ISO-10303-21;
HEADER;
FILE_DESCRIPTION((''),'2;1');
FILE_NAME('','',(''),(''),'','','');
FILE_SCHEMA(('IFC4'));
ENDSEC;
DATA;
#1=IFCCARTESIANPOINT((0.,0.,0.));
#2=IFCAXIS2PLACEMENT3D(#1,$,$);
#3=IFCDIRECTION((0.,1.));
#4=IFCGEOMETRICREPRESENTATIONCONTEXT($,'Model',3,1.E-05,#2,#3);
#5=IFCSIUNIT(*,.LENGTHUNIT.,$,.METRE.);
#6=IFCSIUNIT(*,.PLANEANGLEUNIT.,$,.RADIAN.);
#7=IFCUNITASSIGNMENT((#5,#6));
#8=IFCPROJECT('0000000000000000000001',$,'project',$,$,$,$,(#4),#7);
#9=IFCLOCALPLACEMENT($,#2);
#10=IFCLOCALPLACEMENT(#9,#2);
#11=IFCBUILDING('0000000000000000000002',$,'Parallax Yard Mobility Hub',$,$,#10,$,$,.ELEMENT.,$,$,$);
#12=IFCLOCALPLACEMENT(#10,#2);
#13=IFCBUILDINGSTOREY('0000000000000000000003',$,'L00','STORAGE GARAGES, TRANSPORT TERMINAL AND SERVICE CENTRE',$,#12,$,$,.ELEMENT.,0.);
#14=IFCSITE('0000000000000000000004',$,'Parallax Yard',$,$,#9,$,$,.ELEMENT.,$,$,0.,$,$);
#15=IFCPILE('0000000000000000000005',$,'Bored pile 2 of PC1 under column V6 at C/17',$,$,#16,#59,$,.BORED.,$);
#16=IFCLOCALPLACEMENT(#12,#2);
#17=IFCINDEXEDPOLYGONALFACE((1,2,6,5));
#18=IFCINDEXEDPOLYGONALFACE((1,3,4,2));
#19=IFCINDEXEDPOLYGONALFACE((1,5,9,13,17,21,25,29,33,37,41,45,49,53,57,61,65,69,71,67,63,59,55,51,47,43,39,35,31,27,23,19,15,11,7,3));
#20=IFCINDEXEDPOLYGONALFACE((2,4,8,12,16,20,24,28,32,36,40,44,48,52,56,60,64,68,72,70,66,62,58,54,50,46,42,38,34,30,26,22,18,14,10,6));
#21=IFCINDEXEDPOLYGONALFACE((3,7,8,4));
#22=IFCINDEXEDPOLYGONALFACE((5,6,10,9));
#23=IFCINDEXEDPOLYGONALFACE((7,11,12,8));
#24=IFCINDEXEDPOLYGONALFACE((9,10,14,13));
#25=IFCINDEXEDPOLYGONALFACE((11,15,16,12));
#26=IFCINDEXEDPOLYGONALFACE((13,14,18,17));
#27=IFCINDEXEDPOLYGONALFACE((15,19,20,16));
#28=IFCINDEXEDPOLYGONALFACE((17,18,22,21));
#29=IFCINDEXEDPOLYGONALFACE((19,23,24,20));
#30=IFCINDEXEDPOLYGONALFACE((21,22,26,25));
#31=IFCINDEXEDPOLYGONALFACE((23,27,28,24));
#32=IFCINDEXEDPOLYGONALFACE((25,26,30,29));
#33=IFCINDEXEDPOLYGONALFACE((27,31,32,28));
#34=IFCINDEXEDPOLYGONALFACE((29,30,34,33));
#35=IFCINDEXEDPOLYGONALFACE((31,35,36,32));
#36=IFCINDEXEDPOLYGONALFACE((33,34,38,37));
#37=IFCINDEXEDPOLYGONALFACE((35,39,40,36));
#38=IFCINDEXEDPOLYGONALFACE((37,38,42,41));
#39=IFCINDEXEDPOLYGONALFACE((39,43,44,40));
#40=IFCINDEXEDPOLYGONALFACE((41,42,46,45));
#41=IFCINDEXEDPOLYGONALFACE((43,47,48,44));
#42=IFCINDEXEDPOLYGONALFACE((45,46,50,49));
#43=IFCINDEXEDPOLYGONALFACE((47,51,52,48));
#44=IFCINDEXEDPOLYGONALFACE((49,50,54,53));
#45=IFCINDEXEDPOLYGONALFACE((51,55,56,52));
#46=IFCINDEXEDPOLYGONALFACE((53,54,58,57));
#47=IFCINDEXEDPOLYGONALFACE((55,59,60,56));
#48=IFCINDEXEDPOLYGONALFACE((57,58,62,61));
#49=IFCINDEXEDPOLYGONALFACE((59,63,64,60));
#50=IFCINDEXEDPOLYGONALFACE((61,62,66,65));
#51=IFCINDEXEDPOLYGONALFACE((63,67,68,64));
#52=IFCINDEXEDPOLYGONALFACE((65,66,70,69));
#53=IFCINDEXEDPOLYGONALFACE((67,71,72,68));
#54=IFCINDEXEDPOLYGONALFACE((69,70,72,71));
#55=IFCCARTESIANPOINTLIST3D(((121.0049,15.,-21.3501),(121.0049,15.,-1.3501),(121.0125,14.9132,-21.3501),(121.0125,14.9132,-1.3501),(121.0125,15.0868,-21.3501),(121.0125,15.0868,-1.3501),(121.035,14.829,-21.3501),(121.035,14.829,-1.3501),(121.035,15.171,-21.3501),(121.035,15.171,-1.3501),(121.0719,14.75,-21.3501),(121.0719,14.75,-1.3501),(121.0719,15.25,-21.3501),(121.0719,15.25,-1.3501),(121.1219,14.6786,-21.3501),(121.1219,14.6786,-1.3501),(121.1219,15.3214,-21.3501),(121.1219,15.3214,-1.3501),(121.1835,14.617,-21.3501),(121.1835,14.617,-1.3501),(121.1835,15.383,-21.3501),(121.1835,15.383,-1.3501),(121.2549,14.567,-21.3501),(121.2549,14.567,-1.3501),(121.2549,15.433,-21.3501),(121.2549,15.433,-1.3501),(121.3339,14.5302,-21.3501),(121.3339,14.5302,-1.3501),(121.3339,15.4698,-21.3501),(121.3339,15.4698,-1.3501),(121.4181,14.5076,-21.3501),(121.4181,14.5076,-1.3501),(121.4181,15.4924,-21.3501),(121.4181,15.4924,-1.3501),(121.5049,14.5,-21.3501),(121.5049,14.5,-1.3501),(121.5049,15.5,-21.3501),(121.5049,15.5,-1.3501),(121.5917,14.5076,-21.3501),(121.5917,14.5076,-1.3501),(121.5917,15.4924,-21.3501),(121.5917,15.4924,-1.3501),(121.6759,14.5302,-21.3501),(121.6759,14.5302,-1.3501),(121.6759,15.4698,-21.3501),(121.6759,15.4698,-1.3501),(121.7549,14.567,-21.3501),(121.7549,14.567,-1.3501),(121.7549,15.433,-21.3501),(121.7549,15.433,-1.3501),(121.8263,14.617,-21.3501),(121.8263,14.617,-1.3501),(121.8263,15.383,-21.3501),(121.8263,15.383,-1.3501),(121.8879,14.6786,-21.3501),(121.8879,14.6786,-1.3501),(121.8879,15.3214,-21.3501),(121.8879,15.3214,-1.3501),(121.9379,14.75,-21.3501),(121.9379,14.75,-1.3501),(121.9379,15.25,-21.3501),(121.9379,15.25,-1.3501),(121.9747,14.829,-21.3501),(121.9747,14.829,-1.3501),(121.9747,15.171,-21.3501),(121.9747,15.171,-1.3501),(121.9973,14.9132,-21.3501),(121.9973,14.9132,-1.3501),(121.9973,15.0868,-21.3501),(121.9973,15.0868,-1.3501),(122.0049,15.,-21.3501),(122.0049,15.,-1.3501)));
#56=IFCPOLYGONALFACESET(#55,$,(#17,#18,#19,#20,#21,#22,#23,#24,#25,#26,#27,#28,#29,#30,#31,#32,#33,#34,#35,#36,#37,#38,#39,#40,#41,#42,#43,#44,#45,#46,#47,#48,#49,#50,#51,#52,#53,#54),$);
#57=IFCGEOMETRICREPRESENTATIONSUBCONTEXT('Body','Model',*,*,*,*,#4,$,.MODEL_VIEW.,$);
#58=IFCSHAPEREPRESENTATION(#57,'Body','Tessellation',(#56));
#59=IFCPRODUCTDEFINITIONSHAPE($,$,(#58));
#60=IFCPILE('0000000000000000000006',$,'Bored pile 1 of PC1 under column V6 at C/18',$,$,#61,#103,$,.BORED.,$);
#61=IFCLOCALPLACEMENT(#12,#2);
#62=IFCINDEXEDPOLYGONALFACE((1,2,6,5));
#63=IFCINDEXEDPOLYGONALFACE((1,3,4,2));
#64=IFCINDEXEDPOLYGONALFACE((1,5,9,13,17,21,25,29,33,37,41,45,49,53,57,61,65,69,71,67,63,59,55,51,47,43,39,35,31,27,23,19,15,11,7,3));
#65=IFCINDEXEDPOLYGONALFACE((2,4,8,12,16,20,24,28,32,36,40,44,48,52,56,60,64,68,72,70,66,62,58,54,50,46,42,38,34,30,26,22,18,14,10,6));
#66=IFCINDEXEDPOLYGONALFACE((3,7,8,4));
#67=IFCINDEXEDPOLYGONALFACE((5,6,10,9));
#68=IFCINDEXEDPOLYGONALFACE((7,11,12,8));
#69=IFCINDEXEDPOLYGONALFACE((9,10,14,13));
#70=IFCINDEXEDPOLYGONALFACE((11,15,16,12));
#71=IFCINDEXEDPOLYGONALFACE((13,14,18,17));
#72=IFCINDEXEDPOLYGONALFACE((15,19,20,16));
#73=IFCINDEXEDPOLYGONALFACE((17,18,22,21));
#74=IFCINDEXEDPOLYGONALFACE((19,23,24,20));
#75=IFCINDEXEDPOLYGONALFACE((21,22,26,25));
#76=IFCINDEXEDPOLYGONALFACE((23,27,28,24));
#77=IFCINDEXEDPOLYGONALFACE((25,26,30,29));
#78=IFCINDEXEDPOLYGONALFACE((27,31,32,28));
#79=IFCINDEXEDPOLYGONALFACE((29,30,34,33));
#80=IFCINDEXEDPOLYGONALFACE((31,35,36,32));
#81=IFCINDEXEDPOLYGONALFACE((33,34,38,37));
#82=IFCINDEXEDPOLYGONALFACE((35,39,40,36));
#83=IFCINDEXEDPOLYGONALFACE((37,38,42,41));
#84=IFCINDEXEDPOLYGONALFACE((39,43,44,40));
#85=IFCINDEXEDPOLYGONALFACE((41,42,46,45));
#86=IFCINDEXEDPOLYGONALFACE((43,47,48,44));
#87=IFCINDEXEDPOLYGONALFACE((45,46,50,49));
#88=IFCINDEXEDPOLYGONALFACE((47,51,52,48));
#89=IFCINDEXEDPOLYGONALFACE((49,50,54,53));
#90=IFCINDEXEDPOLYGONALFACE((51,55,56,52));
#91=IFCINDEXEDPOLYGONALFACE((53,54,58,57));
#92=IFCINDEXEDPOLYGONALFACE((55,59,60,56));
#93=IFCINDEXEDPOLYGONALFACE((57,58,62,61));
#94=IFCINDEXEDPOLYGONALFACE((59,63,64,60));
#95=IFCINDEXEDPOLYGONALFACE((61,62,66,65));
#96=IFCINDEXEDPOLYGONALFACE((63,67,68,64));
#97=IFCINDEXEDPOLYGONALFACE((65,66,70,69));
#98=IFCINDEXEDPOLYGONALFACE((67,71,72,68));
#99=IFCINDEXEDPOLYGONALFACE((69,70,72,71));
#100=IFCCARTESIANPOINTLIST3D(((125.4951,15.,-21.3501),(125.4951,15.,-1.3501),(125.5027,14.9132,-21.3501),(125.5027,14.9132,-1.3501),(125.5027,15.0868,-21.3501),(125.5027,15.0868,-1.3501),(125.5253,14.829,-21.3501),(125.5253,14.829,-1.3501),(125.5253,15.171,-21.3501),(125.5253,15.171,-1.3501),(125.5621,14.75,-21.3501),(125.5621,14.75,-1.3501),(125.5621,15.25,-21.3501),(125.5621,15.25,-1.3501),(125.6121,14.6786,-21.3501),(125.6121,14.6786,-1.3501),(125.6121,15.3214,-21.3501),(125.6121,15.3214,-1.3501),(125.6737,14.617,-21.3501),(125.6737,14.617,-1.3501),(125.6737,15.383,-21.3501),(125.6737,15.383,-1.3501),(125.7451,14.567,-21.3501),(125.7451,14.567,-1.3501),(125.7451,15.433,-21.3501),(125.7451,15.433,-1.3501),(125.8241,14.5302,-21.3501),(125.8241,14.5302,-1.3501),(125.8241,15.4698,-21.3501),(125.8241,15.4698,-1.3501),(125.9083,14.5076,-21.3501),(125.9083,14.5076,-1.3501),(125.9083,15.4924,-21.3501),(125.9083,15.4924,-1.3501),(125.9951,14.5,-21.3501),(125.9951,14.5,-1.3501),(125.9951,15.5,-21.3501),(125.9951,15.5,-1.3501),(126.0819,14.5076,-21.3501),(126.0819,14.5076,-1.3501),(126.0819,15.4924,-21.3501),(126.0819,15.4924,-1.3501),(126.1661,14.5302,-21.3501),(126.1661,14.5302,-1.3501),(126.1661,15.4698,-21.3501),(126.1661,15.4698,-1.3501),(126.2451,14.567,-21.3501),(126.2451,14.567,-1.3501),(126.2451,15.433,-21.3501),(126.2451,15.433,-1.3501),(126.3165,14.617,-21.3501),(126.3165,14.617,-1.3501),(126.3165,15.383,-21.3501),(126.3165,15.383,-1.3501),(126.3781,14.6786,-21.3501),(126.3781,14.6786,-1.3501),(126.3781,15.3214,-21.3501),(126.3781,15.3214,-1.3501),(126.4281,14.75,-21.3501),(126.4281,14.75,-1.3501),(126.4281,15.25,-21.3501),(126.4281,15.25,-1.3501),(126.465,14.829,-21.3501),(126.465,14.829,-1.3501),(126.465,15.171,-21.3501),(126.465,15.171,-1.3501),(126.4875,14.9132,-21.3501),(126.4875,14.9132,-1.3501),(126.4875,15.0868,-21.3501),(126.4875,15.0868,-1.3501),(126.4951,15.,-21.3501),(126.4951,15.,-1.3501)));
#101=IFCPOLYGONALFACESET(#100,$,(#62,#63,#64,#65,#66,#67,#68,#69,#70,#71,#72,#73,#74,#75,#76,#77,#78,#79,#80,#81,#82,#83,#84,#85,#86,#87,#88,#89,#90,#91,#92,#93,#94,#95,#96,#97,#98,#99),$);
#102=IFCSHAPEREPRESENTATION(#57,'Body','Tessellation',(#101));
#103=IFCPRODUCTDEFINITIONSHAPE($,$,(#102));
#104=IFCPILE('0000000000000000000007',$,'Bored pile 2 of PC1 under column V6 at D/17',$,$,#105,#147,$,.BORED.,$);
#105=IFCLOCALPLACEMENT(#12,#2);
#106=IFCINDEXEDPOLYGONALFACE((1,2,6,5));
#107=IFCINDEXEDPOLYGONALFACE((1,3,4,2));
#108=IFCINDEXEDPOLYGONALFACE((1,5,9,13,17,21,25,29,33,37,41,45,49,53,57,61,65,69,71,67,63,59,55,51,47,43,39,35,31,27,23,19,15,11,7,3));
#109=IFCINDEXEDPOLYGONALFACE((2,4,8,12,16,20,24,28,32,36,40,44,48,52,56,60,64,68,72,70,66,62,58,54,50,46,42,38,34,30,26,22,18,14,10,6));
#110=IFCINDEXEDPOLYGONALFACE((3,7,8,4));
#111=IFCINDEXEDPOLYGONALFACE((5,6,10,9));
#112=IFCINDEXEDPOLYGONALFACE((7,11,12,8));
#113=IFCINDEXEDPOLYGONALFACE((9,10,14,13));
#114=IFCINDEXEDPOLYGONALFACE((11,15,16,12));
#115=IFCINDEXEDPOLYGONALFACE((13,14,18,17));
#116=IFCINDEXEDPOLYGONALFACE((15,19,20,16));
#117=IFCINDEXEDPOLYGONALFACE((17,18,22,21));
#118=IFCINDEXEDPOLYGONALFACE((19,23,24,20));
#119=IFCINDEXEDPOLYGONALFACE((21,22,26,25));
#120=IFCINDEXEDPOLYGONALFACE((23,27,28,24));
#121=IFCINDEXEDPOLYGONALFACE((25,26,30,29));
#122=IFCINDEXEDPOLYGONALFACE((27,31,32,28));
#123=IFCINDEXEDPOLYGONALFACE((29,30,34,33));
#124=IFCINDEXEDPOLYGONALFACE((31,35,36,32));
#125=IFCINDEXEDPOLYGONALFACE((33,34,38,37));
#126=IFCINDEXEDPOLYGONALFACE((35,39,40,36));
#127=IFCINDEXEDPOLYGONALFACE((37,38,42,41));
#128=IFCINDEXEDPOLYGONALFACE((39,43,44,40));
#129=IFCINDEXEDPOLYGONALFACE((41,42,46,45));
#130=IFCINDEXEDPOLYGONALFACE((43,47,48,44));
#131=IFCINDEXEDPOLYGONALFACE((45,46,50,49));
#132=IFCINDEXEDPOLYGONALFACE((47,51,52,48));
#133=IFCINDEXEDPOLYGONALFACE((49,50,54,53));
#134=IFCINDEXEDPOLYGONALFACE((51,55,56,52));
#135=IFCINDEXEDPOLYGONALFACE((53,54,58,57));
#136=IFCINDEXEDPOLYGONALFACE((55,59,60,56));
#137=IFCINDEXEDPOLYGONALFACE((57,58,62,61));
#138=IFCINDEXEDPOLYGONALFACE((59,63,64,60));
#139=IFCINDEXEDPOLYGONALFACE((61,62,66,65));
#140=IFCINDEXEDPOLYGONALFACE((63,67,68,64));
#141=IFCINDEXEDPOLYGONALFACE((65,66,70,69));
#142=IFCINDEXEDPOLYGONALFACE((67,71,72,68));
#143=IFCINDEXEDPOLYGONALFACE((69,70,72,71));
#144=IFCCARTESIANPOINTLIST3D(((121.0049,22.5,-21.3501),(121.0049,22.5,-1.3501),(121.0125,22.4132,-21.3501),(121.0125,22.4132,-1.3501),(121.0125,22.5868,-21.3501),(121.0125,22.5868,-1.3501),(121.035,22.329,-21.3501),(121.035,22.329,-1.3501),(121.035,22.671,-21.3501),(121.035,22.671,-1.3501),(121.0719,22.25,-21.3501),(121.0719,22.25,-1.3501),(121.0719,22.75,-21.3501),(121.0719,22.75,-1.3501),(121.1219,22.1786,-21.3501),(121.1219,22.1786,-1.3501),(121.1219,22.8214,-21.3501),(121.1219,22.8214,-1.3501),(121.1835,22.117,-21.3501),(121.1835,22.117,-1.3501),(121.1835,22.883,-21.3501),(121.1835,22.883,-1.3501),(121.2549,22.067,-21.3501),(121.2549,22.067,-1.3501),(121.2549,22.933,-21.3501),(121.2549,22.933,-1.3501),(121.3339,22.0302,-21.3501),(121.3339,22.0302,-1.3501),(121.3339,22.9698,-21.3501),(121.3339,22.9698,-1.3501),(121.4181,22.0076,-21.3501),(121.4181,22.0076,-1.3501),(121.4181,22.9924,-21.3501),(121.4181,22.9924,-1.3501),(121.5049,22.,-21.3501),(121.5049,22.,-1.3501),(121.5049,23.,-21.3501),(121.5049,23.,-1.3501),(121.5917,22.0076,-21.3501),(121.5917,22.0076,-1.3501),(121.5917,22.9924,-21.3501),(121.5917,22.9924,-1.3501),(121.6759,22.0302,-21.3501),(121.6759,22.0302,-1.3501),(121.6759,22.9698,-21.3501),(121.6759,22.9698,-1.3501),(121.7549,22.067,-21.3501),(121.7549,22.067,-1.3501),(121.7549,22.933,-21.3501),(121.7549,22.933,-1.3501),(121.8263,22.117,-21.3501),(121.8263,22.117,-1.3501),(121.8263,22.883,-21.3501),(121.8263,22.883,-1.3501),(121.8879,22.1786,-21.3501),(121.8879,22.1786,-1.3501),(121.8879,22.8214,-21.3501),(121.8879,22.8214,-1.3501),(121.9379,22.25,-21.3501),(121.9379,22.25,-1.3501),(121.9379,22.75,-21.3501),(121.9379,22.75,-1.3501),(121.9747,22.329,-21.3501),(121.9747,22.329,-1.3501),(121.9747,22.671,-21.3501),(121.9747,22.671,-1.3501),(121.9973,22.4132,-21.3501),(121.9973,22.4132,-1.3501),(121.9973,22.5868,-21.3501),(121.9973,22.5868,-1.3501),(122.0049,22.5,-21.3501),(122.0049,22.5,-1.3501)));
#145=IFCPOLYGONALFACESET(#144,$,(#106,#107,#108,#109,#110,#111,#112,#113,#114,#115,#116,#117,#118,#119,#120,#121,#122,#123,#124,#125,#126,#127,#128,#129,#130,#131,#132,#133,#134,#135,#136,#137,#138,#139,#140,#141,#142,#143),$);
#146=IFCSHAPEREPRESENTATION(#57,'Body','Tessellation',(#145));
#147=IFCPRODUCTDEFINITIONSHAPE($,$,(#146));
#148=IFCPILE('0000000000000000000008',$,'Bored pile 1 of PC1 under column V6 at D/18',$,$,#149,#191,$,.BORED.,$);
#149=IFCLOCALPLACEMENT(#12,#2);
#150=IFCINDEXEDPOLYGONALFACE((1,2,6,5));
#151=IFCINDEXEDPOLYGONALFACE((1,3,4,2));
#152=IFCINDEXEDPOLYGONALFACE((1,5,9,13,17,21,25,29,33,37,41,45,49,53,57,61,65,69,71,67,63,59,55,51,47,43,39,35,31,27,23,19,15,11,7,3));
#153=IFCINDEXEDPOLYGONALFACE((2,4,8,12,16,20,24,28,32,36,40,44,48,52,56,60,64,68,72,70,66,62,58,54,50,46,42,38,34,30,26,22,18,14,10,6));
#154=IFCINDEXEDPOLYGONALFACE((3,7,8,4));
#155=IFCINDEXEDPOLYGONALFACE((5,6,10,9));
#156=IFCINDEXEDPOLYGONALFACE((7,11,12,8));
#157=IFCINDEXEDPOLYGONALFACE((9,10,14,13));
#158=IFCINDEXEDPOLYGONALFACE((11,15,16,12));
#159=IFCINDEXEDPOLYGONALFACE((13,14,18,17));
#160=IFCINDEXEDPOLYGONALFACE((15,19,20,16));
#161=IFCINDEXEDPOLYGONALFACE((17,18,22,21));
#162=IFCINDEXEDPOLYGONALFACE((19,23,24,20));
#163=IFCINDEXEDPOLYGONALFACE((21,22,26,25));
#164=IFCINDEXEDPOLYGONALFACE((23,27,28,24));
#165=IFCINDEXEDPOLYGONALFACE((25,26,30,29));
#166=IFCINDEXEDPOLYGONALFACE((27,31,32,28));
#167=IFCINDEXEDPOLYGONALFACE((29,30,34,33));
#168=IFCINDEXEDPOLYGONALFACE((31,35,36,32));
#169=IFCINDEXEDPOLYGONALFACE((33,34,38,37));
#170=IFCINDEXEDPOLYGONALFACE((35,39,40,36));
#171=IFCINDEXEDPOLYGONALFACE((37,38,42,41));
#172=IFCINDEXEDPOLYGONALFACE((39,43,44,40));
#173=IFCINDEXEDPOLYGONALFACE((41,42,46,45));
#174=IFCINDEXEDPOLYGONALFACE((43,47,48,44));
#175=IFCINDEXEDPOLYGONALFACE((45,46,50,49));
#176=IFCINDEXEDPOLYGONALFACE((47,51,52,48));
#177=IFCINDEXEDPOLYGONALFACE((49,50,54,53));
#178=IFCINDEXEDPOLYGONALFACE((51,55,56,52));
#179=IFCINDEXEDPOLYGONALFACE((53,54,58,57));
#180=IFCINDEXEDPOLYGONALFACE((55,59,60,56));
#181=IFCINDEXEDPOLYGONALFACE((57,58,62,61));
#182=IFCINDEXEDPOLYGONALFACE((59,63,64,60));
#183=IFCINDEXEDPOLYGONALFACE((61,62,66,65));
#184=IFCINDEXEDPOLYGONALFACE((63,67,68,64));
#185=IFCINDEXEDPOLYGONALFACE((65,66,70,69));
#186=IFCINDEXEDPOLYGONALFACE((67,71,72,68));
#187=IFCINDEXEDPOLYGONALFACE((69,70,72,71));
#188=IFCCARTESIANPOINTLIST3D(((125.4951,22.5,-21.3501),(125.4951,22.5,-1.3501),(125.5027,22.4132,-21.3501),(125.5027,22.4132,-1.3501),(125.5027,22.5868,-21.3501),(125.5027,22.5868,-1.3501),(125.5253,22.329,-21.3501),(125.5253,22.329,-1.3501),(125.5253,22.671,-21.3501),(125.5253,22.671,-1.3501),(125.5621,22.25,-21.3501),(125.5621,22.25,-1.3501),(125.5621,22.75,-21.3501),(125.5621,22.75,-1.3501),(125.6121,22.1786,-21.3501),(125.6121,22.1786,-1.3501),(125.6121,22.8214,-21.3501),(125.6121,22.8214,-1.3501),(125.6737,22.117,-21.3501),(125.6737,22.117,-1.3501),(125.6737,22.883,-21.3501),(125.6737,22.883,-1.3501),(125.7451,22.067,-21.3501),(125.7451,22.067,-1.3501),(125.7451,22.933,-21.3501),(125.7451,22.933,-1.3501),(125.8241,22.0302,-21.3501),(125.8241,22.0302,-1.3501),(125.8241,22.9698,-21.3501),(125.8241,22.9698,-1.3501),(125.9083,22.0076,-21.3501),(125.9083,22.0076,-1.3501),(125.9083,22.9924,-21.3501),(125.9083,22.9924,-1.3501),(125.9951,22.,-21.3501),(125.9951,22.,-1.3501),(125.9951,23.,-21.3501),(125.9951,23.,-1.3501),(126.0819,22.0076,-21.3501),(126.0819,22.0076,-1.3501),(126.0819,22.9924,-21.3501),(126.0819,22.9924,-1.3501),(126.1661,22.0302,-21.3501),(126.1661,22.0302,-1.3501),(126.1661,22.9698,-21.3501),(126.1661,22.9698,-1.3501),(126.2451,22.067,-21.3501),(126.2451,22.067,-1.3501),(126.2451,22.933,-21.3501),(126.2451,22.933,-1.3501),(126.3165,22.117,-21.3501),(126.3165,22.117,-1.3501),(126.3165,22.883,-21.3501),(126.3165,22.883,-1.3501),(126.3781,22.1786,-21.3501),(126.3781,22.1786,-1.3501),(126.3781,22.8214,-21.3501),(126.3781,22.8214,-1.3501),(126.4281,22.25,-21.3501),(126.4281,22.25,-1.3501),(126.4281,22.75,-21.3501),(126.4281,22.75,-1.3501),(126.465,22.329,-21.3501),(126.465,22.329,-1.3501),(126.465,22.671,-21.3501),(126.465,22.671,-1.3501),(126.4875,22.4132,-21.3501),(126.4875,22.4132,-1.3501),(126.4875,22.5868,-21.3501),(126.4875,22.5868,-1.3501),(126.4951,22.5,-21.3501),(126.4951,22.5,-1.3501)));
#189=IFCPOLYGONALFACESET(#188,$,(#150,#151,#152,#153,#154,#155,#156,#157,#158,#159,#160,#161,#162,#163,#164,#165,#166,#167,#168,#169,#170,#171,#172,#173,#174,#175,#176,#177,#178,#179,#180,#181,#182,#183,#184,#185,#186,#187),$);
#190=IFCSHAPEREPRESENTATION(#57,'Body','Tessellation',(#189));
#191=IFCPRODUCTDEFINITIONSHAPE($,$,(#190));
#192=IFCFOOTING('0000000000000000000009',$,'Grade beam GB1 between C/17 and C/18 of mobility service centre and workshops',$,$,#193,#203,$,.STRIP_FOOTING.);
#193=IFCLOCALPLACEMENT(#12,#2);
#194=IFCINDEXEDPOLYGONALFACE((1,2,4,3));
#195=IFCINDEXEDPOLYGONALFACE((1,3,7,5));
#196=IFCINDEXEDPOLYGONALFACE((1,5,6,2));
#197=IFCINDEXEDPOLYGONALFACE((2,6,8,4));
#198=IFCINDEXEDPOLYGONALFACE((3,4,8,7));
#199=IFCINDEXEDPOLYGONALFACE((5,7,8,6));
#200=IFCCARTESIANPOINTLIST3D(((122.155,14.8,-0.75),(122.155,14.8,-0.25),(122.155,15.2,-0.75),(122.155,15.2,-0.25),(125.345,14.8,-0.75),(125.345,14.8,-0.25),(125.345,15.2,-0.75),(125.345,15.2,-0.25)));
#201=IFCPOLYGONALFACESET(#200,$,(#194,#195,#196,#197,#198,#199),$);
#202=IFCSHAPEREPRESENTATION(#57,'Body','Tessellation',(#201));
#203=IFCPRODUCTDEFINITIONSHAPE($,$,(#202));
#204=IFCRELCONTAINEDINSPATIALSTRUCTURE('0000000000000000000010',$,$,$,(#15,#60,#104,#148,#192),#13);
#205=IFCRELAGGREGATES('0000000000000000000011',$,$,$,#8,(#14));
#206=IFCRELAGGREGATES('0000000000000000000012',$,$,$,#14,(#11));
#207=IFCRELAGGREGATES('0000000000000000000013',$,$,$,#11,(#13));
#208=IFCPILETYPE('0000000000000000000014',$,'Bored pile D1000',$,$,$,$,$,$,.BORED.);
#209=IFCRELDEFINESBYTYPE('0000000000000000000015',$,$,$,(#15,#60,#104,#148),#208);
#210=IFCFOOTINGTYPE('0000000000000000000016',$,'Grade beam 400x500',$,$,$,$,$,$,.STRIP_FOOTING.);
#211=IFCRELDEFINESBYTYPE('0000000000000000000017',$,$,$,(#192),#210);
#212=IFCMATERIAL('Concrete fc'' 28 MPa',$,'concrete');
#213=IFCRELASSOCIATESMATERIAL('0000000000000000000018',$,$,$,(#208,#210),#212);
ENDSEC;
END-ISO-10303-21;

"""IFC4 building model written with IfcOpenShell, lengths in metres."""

from ifc_helpers import new_model, si_unit, direction, frame, origin, origin_2d, place, context, subcontext, project, spatial, rectangle, circle, extrude, material, material_profile, profile_set, type_object, element, save


model = new_model("IFC4")

# Units and contexts
model_context = context("Model", 3, precision=1e-05, world=origin(), true_north=direction((0.0, 1.0)))
body_context = subcontext(model_context, "Body", "Model", "MODEL_VIEW")
ifc_project = project(units=[si_unit("LENGTHUNIT", "METRE"), si_unit("PLANEANGLEUNIT", "RADIAN")], contexts=[model_context])

# Site, building, storey
site_placement = place(None, origin())
site = spatial("IfcSite", under=ifc_project, at=site_placement, Name="Parallax Yard", CompositionType="ELEMENT", RefElevation=0.0)
building_placement = place(site_placement, origin())
building = spatial("IfcBuilding", under=site, at=building_placement, Name="Parallax Yard Mobility Hub", CompositionType="ELEMENT")
storey_placement = place(building_placement, origin())
storey = spatial("IfcBuildingStorey", under=building, at=storey_placement, Name="L00", Description="STORAGE GARAGES, TRANSPORT TERMINAL AND SERVICE CENTRE", CompositionType="ELEMENT", Elevation=0.0)

# Piles
ifc_material_1 = material(Name="Concrete fc' 28 MPa", Category="concrete")
ifc_material_profile_1 = material_profile(ifc_material_1, circle(Radius=0.5, at=origin_2d()), Name="Bored pile D1000")
ifc_profile_set_1 = profile_set([ifc_material_profile_1], Name="Concrete fc' 28 MPa")
pile_type = type_object("IfcPileType", Name="Bored pile D1000", PredefinedType="BORED", material=ifc_profile_set_1)
for number, where, z_axis, x_axis, name in (
    (1, (121.5049, 15.0, -1.3501), (0.0, 0.0, -1.0), (1.0, 0.0, 0.0), "Bored pile 2 of PC1 under column V6 at C/17"),
    (2, (125.9951, 15.0, -1.3501), (0.0, 0.0, -1.0), (1.0, 0.0, 0.0), "Bored pile 1 of PC1 under column V6 at C/18"),
    (3, (121.5049, 22.5, -1.3501), (0.0, 0.0, -1.0), (1.0, 0.0, 0.0), "Bored pile 2 of PC1 under column V6 at D/17"),
    (4, (125.9951, 22.5, -1.3501), (0.0, 0.0, -1.0), (1.0, 0.0, 0.0), "Bored pile 1 of PC1 under column V6 at D/18"),
):
    element("IfcPile", number, at=place(storey_placement, frame(where, z_axis=z_axis, x_axis=x_axis)), inside=storey, type_object=pile_type, Name=name, PredefinedType="BORED", context=body_context, shape_type="SweptSolid", body=[
        extrude(circle(Radius=0.5, at=origin_2d()), origin(), (0.0, 0.0, 1.0), 20.0),
    ])

# Footing
ifc_material_profile_2 = material_profile(ifc_material_1, rectangle(XDim=0.3999, YDim=0.5, at=origin_2d()), Name="Grade beam 400x500")
ifc_profile_set_2 = profile_set([ifc_material_profile_2], Name="Concrete fc' 28 MPa")
footing_type_1 = type_object("IfcFootingType", Name="Grade beam 400x500", PredefinedType="STRIP_FOOTING", material=ifc_profile_set_2)
for number, where, z_axis, x_axis, name in (
    (5, (122.155, 15.0, -0.5), (1.0, 0.0, 0.0), (0.0, 1.0, 0.0), "Grade beam GB1 between C/17 and C/18 of mobility service centre and workshops"),
):
    element("IfcFooting", number, at=place(storey_placement, frame(where, z_axis=z_axis, x_axis=x_axis)), inside=storey, type_object=footing_type_1, Name=name, PredefinedType="STRIP_FOOTING", context=body_context, shape_type="SweptSolid", body=[
        extrude(rectangle(XDim=0.3999, YDim=0.5, at=origin_2d()), origin(), (0.0, 0.0, 1.0), 3.1899),
    ])

save(model, "model.ifc")
